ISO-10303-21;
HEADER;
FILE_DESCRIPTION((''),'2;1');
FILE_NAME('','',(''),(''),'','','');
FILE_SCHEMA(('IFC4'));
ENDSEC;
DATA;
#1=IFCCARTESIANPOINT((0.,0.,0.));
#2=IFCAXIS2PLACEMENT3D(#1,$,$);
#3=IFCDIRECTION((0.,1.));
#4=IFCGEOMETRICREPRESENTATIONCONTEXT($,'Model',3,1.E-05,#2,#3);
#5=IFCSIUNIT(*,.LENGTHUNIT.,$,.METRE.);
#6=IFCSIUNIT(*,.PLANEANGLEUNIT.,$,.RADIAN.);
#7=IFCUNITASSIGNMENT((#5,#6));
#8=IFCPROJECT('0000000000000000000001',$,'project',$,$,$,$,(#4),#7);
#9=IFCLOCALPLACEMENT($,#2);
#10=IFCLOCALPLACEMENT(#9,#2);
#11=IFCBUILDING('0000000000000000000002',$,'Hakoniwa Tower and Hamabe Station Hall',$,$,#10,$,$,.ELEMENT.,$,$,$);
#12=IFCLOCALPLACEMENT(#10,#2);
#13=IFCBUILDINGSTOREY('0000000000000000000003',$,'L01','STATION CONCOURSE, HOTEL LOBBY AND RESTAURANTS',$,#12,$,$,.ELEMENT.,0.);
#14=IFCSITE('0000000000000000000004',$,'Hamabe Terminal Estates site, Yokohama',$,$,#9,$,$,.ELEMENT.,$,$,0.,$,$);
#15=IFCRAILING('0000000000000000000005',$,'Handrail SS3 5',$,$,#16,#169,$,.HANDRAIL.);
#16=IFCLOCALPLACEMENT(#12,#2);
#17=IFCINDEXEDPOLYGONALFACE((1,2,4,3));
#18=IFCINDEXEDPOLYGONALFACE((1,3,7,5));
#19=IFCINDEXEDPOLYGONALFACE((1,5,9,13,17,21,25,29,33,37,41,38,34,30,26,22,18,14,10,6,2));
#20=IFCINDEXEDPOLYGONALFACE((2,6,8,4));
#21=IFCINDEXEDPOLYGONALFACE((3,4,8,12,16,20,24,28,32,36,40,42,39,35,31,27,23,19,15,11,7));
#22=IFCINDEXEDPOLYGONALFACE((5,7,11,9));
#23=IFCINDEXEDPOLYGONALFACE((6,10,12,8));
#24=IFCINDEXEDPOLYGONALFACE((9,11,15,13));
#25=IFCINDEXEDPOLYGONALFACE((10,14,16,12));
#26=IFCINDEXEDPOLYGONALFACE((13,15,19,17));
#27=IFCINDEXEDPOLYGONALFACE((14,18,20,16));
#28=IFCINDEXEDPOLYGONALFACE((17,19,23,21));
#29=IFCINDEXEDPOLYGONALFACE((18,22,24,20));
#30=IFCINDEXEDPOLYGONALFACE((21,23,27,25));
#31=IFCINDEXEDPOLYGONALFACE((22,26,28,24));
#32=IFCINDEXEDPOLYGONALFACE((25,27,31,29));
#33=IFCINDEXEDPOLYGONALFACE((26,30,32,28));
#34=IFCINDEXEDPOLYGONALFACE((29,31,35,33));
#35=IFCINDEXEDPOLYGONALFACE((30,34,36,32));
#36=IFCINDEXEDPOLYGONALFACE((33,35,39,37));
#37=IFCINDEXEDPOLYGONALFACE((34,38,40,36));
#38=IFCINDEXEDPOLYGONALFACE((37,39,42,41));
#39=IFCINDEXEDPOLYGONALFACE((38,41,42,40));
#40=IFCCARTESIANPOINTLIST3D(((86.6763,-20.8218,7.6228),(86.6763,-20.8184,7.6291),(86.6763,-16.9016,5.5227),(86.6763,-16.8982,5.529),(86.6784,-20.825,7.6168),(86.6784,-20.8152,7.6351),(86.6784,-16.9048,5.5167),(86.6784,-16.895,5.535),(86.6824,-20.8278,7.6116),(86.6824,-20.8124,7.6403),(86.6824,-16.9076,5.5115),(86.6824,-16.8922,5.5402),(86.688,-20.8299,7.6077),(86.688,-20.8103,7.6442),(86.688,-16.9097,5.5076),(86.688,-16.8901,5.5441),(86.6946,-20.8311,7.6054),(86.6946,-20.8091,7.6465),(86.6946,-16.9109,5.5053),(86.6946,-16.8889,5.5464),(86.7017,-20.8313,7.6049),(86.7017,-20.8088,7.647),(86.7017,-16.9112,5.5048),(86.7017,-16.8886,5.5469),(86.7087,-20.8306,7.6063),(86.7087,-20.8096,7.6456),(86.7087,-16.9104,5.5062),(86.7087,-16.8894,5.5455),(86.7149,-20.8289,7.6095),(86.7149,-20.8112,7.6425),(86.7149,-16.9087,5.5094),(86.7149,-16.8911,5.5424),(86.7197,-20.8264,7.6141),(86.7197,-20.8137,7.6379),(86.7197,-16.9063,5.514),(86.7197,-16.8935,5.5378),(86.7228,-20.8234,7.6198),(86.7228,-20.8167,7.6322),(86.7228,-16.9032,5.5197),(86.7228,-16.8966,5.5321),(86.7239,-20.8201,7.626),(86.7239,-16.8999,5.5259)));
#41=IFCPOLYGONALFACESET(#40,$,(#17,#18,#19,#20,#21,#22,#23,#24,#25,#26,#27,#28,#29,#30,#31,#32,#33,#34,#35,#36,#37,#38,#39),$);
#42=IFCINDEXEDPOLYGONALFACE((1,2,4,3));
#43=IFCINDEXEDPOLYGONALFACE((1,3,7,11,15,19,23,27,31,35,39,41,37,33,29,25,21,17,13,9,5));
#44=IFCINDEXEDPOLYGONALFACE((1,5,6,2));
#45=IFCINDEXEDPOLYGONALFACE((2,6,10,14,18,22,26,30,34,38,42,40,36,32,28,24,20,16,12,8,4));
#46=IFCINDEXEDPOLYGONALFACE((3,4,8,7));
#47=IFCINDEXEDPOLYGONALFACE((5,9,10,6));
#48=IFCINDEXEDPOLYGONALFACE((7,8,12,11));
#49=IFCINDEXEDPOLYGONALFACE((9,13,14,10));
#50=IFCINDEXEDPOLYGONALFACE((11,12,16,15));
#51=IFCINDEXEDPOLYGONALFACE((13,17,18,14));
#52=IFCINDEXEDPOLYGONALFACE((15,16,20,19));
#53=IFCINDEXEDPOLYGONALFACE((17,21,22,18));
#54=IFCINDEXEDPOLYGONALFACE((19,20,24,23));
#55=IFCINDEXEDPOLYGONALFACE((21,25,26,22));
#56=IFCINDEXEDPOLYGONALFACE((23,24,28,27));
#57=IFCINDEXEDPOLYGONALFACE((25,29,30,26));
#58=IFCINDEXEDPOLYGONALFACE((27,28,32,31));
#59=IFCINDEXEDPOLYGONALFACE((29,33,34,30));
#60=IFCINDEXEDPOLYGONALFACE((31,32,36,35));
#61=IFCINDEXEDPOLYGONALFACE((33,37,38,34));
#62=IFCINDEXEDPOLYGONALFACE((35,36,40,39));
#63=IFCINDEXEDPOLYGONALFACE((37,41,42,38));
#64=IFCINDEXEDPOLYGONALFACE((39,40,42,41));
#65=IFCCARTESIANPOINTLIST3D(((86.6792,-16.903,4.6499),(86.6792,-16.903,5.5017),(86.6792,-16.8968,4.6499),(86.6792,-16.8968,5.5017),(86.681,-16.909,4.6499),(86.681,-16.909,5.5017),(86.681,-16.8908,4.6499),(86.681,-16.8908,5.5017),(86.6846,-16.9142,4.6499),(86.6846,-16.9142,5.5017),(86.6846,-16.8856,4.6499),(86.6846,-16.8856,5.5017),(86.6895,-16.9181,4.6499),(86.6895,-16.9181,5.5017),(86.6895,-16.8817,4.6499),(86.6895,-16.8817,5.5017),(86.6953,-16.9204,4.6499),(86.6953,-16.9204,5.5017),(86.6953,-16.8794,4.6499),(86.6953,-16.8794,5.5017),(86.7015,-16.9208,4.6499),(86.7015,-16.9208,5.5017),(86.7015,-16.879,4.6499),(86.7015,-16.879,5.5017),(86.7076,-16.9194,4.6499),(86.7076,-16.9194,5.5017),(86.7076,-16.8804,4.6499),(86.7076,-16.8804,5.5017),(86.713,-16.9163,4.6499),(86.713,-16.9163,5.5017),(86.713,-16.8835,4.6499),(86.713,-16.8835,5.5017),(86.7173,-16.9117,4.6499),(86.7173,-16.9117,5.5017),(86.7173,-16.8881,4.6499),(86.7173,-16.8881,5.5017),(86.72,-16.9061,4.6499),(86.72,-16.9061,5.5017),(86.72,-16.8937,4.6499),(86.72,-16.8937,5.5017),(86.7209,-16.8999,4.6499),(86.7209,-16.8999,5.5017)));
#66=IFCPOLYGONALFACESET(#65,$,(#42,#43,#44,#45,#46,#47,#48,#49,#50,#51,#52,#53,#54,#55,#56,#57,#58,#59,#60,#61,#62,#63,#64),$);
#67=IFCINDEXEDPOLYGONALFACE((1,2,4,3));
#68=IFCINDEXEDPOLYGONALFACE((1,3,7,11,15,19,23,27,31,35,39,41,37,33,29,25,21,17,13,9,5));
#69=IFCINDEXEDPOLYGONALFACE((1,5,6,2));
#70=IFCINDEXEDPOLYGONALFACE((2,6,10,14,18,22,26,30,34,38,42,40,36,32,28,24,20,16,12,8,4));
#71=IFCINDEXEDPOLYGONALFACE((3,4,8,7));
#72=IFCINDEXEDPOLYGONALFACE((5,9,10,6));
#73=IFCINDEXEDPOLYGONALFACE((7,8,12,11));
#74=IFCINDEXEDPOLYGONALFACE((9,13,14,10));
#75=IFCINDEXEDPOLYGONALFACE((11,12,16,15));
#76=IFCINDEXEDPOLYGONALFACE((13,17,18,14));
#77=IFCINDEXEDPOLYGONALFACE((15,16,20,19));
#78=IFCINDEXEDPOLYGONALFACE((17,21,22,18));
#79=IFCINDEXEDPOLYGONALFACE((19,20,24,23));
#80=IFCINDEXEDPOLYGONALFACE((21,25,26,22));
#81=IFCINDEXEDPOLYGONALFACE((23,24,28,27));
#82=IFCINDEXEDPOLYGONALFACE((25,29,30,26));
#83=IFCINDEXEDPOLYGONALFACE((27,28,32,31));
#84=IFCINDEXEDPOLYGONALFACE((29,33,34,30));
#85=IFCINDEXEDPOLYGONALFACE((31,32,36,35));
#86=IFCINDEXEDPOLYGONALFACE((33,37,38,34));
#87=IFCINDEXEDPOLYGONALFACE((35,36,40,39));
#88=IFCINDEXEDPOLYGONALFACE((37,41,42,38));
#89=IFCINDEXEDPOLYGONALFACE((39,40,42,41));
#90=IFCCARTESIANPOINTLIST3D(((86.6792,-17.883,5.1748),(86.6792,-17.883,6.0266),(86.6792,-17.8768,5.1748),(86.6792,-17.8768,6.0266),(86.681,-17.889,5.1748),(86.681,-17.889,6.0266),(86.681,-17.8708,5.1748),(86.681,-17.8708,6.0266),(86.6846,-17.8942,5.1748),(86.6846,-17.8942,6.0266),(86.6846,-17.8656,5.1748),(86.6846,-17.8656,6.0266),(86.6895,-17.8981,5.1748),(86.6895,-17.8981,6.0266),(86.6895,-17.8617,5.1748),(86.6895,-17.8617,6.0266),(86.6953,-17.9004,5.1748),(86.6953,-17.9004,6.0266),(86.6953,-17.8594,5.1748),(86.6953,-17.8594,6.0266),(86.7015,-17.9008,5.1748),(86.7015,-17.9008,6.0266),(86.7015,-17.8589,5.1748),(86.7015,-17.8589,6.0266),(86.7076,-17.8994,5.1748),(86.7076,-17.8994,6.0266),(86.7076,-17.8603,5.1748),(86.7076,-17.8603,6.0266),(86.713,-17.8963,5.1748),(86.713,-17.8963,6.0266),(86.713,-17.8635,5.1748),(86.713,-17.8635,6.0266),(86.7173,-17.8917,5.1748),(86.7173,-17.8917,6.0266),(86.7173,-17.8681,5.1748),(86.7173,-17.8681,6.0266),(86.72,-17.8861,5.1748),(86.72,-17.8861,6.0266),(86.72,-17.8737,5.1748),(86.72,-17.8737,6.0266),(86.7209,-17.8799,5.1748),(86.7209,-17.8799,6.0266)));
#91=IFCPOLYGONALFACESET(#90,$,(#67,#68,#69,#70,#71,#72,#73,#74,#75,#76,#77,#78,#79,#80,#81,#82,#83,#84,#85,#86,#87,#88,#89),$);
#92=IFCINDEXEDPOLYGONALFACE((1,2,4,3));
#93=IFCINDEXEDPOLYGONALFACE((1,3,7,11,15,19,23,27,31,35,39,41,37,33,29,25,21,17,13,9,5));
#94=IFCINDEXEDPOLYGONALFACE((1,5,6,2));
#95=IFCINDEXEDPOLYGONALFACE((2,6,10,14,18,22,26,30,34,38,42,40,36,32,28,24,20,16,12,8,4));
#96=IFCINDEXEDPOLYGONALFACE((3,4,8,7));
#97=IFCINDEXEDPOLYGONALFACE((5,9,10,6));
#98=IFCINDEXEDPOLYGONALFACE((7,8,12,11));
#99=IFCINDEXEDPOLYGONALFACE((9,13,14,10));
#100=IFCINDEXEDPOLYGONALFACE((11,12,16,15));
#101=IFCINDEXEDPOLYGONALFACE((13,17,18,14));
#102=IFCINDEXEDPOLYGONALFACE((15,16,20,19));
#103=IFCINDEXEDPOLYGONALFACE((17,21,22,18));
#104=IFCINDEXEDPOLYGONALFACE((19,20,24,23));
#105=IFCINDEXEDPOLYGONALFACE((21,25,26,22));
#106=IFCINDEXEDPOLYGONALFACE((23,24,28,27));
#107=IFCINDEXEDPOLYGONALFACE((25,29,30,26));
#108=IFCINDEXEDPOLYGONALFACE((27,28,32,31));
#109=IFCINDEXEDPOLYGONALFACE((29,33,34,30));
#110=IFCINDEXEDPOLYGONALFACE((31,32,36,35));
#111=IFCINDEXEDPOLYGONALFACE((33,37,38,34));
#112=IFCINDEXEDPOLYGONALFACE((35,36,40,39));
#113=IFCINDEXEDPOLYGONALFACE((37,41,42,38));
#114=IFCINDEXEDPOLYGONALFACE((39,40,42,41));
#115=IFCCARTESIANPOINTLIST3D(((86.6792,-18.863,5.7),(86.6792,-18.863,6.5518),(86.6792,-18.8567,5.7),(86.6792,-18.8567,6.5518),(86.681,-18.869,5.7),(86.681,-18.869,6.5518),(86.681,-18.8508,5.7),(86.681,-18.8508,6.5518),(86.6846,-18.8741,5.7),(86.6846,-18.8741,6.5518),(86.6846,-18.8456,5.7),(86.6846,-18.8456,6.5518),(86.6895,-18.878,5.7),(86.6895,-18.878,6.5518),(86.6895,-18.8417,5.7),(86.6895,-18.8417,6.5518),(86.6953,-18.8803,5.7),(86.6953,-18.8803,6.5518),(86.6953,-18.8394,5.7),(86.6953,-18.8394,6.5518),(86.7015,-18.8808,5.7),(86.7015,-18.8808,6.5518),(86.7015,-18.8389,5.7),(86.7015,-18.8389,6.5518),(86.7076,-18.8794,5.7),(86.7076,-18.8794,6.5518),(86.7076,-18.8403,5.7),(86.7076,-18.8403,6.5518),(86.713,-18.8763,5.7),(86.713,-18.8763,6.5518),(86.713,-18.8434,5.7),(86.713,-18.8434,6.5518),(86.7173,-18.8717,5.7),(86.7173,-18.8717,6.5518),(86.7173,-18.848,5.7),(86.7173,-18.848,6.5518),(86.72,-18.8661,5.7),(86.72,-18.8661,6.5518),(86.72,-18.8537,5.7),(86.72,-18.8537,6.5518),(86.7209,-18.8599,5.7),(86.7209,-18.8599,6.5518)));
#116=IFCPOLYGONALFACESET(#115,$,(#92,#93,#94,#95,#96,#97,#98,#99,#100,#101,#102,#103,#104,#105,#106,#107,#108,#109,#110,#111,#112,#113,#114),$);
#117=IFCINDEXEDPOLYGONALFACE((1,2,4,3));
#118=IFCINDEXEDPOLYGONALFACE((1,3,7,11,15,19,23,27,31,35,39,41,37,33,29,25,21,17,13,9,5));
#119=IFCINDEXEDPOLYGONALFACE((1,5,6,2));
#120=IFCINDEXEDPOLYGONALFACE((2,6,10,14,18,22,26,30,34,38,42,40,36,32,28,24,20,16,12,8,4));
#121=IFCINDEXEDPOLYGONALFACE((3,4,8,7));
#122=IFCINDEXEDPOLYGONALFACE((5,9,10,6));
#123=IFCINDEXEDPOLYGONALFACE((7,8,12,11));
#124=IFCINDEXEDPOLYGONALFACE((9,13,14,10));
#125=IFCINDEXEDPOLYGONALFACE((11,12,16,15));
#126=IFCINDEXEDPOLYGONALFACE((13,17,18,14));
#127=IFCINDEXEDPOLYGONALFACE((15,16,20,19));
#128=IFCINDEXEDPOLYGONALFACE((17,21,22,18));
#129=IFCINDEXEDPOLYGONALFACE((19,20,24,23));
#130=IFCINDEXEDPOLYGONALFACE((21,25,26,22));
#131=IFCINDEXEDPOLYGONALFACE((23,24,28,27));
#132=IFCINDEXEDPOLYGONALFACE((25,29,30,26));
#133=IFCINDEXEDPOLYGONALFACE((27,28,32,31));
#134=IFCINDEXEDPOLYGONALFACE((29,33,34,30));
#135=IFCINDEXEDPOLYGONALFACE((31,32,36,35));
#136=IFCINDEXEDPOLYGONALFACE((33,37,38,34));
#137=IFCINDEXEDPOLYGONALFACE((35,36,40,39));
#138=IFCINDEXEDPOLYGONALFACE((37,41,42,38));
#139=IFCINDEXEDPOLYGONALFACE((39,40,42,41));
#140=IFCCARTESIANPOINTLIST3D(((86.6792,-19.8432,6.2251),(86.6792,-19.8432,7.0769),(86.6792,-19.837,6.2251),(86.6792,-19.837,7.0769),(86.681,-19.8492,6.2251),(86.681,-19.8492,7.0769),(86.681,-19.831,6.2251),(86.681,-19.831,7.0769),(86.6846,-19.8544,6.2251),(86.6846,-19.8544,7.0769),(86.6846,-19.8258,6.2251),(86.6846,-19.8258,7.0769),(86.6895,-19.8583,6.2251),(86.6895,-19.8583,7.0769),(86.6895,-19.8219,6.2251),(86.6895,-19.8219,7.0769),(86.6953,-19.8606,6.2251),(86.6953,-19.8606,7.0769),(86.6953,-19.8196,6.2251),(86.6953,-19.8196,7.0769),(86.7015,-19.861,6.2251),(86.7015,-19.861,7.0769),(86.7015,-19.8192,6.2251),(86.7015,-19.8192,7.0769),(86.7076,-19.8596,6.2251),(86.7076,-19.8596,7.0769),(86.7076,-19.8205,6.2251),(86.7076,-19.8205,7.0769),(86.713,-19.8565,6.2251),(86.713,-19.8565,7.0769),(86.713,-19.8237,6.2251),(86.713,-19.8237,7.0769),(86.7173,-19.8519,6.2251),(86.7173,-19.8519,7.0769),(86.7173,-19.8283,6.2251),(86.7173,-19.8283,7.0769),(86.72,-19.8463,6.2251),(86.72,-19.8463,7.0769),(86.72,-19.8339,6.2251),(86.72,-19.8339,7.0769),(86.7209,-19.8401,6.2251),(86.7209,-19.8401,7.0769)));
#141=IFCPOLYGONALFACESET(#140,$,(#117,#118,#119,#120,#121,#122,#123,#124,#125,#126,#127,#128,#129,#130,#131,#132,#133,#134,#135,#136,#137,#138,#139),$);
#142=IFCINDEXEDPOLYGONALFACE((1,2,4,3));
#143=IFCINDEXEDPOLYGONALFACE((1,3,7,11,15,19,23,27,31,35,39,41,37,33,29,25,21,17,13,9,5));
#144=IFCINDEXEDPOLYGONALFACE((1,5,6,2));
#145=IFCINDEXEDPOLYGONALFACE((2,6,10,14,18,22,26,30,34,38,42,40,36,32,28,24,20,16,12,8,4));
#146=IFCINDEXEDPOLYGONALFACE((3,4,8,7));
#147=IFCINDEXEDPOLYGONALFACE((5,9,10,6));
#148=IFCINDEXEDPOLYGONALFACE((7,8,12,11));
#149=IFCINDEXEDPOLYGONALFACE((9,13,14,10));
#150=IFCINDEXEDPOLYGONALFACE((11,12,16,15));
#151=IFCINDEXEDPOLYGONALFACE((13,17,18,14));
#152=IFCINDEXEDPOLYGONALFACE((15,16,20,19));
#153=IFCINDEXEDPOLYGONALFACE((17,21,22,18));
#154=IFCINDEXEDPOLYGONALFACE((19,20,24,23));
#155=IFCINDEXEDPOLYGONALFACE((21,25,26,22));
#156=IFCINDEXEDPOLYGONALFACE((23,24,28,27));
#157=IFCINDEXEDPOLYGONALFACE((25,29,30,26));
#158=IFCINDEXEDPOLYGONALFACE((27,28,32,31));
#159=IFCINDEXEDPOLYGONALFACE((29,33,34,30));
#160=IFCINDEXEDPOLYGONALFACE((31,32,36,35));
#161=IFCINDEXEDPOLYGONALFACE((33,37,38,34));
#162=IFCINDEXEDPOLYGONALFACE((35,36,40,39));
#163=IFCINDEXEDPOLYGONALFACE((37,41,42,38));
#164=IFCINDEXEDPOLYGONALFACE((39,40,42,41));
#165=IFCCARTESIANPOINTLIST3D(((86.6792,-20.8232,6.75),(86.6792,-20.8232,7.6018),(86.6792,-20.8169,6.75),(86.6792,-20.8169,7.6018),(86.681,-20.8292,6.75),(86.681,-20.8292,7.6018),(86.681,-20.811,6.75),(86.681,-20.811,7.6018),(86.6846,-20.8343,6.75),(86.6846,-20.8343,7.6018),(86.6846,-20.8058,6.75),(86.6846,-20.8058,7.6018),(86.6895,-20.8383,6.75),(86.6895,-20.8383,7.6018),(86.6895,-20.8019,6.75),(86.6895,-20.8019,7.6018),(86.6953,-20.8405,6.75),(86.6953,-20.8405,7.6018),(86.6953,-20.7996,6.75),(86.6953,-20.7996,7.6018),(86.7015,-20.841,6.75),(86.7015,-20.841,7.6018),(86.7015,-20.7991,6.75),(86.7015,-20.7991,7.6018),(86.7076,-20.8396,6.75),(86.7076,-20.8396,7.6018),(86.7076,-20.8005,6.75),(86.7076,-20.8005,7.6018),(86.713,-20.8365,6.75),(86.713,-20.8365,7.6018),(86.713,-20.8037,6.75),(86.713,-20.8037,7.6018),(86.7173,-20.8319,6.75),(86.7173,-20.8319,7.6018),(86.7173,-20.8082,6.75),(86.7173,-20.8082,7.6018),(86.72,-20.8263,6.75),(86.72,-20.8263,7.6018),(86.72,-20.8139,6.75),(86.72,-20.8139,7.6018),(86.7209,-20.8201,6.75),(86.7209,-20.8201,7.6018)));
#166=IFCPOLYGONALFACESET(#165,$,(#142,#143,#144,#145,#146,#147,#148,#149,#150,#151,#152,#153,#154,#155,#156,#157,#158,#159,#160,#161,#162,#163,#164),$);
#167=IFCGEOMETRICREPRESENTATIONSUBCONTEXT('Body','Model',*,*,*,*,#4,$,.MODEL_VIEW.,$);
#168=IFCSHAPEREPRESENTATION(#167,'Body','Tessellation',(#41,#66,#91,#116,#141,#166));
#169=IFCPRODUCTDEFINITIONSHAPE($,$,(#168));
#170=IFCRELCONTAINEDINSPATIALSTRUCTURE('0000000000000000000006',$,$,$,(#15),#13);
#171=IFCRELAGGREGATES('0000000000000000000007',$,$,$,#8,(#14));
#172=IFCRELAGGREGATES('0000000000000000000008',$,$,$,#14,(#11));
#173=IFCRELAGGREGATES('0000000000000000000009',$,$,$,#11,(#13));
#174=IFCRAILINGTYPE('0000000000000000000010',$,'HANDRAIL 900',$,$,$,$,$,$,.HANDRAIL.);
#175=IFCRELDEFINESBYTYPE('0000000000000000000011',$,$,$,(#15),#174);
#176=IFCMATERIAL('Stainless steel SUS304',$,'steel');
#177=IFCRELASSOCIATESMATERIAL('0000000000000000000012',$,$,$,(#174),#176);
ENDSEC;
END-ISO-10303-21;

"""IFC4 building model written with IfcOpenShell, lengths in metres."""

from ifc_helpers import new_model, si_unit, direction, frame, origin, origin_2d, place, context, subcontext, project, spatial, circle, extrude, material, type_object, element, save


model = new_model("IFC4")

# Units and contexts
model_context = context("Model", 3, precision=1e-05, world=origin(), true_north=direction((0.0, 1.0)))
body_context = subcontext(model_context, "Body", "Model", "MODEL_VIEW")
ifc_project = project(units=[si_unit("LENGTHUNIT", "METRE"), si_unit("PLANEANGLEUNIT", "RADIAN")], contexts=[model_context])

# Site, building, storey
site_placement = place(None, origin())
site = spatial("IfcSite", under=ifc_project, at=site_placement, Name="Hamabe Terminal Estates site, Yokohama", CompositionType="ELEMENT", RefElevation=0.0)
building_placement = place(site_placement, origin())
building = spatial("IfcBuilding", under=site, at=building_placement, Name="Hakoniwa Tower and Hamabe Station Hall", CompositionType="ELEMENT")
storey_placement = place(building_placement, origin())
storey = spatial("IfcBuildingStorey", under=building, at=storey_placement, Name="L01", Description="STATION CONCOURSE, HOTEL LOBBY AND RESTAURANTS", CompositionType="ELEMENT", Elevation=0.0)

# Railing
ifc_material_1 = material(Name="Stainless steel SUS304", Category="steel")
railing_type = type_object("IfcRailingType", Name="HANDRAIL 900", PredefinedType="HANDRAIL", material=ifc_material_1)
for number, where, name in (
    (1, (86.7, -16.8999, 4.6499), "Handrail SS3 5"),
):
    element("IfcRailing", number, at=place(storey_placement, frame(where)), inside=storey, type_object=railing_type, Name=name, PredefinedType="HANDRAIL", context=body_context, shape_type="SweptSolid", body=[
        extrude(circle(Radius=0.0239, at=origin_2d()), frame((0.0, 0.0, 0.876), z_axis=(0.0, -0.881479, 0.472223), x_axis=(1.0, 0.0, 0.0)), (0.0, 0.0, 1.0), 4.4473),
        extrude(circle(Radius=0.021, at=origin_2d()), origin(), (0.0, 0.0, 1.0), 0.8518),
        extrude(circle(Radius=0.021, at=origin_2d()), frame((0.0, -0.98, 0.5249)), (0.0, 0.0, 1.0), 0.8518),
        extrude(circle(Radius=0.021, at=origin_2d()), frame((0.0, -1.96, 1.05)), (0.0, 0.0, 1.0), 0.8518),
        extrude(circle(Radius=0.021, at=origin_2d()), frame((0.0, -2.9402, 1.5752)), (0.0, 0.0, 1.0), 0.8518),
        extrude(circle(Radius=0.021, at=origin_2d()), frame((0.0, -3.9202, 2.1001)), (0.0, 0.0, 1.0), 0.8518),
    ])

save(model, "model.ifc")
